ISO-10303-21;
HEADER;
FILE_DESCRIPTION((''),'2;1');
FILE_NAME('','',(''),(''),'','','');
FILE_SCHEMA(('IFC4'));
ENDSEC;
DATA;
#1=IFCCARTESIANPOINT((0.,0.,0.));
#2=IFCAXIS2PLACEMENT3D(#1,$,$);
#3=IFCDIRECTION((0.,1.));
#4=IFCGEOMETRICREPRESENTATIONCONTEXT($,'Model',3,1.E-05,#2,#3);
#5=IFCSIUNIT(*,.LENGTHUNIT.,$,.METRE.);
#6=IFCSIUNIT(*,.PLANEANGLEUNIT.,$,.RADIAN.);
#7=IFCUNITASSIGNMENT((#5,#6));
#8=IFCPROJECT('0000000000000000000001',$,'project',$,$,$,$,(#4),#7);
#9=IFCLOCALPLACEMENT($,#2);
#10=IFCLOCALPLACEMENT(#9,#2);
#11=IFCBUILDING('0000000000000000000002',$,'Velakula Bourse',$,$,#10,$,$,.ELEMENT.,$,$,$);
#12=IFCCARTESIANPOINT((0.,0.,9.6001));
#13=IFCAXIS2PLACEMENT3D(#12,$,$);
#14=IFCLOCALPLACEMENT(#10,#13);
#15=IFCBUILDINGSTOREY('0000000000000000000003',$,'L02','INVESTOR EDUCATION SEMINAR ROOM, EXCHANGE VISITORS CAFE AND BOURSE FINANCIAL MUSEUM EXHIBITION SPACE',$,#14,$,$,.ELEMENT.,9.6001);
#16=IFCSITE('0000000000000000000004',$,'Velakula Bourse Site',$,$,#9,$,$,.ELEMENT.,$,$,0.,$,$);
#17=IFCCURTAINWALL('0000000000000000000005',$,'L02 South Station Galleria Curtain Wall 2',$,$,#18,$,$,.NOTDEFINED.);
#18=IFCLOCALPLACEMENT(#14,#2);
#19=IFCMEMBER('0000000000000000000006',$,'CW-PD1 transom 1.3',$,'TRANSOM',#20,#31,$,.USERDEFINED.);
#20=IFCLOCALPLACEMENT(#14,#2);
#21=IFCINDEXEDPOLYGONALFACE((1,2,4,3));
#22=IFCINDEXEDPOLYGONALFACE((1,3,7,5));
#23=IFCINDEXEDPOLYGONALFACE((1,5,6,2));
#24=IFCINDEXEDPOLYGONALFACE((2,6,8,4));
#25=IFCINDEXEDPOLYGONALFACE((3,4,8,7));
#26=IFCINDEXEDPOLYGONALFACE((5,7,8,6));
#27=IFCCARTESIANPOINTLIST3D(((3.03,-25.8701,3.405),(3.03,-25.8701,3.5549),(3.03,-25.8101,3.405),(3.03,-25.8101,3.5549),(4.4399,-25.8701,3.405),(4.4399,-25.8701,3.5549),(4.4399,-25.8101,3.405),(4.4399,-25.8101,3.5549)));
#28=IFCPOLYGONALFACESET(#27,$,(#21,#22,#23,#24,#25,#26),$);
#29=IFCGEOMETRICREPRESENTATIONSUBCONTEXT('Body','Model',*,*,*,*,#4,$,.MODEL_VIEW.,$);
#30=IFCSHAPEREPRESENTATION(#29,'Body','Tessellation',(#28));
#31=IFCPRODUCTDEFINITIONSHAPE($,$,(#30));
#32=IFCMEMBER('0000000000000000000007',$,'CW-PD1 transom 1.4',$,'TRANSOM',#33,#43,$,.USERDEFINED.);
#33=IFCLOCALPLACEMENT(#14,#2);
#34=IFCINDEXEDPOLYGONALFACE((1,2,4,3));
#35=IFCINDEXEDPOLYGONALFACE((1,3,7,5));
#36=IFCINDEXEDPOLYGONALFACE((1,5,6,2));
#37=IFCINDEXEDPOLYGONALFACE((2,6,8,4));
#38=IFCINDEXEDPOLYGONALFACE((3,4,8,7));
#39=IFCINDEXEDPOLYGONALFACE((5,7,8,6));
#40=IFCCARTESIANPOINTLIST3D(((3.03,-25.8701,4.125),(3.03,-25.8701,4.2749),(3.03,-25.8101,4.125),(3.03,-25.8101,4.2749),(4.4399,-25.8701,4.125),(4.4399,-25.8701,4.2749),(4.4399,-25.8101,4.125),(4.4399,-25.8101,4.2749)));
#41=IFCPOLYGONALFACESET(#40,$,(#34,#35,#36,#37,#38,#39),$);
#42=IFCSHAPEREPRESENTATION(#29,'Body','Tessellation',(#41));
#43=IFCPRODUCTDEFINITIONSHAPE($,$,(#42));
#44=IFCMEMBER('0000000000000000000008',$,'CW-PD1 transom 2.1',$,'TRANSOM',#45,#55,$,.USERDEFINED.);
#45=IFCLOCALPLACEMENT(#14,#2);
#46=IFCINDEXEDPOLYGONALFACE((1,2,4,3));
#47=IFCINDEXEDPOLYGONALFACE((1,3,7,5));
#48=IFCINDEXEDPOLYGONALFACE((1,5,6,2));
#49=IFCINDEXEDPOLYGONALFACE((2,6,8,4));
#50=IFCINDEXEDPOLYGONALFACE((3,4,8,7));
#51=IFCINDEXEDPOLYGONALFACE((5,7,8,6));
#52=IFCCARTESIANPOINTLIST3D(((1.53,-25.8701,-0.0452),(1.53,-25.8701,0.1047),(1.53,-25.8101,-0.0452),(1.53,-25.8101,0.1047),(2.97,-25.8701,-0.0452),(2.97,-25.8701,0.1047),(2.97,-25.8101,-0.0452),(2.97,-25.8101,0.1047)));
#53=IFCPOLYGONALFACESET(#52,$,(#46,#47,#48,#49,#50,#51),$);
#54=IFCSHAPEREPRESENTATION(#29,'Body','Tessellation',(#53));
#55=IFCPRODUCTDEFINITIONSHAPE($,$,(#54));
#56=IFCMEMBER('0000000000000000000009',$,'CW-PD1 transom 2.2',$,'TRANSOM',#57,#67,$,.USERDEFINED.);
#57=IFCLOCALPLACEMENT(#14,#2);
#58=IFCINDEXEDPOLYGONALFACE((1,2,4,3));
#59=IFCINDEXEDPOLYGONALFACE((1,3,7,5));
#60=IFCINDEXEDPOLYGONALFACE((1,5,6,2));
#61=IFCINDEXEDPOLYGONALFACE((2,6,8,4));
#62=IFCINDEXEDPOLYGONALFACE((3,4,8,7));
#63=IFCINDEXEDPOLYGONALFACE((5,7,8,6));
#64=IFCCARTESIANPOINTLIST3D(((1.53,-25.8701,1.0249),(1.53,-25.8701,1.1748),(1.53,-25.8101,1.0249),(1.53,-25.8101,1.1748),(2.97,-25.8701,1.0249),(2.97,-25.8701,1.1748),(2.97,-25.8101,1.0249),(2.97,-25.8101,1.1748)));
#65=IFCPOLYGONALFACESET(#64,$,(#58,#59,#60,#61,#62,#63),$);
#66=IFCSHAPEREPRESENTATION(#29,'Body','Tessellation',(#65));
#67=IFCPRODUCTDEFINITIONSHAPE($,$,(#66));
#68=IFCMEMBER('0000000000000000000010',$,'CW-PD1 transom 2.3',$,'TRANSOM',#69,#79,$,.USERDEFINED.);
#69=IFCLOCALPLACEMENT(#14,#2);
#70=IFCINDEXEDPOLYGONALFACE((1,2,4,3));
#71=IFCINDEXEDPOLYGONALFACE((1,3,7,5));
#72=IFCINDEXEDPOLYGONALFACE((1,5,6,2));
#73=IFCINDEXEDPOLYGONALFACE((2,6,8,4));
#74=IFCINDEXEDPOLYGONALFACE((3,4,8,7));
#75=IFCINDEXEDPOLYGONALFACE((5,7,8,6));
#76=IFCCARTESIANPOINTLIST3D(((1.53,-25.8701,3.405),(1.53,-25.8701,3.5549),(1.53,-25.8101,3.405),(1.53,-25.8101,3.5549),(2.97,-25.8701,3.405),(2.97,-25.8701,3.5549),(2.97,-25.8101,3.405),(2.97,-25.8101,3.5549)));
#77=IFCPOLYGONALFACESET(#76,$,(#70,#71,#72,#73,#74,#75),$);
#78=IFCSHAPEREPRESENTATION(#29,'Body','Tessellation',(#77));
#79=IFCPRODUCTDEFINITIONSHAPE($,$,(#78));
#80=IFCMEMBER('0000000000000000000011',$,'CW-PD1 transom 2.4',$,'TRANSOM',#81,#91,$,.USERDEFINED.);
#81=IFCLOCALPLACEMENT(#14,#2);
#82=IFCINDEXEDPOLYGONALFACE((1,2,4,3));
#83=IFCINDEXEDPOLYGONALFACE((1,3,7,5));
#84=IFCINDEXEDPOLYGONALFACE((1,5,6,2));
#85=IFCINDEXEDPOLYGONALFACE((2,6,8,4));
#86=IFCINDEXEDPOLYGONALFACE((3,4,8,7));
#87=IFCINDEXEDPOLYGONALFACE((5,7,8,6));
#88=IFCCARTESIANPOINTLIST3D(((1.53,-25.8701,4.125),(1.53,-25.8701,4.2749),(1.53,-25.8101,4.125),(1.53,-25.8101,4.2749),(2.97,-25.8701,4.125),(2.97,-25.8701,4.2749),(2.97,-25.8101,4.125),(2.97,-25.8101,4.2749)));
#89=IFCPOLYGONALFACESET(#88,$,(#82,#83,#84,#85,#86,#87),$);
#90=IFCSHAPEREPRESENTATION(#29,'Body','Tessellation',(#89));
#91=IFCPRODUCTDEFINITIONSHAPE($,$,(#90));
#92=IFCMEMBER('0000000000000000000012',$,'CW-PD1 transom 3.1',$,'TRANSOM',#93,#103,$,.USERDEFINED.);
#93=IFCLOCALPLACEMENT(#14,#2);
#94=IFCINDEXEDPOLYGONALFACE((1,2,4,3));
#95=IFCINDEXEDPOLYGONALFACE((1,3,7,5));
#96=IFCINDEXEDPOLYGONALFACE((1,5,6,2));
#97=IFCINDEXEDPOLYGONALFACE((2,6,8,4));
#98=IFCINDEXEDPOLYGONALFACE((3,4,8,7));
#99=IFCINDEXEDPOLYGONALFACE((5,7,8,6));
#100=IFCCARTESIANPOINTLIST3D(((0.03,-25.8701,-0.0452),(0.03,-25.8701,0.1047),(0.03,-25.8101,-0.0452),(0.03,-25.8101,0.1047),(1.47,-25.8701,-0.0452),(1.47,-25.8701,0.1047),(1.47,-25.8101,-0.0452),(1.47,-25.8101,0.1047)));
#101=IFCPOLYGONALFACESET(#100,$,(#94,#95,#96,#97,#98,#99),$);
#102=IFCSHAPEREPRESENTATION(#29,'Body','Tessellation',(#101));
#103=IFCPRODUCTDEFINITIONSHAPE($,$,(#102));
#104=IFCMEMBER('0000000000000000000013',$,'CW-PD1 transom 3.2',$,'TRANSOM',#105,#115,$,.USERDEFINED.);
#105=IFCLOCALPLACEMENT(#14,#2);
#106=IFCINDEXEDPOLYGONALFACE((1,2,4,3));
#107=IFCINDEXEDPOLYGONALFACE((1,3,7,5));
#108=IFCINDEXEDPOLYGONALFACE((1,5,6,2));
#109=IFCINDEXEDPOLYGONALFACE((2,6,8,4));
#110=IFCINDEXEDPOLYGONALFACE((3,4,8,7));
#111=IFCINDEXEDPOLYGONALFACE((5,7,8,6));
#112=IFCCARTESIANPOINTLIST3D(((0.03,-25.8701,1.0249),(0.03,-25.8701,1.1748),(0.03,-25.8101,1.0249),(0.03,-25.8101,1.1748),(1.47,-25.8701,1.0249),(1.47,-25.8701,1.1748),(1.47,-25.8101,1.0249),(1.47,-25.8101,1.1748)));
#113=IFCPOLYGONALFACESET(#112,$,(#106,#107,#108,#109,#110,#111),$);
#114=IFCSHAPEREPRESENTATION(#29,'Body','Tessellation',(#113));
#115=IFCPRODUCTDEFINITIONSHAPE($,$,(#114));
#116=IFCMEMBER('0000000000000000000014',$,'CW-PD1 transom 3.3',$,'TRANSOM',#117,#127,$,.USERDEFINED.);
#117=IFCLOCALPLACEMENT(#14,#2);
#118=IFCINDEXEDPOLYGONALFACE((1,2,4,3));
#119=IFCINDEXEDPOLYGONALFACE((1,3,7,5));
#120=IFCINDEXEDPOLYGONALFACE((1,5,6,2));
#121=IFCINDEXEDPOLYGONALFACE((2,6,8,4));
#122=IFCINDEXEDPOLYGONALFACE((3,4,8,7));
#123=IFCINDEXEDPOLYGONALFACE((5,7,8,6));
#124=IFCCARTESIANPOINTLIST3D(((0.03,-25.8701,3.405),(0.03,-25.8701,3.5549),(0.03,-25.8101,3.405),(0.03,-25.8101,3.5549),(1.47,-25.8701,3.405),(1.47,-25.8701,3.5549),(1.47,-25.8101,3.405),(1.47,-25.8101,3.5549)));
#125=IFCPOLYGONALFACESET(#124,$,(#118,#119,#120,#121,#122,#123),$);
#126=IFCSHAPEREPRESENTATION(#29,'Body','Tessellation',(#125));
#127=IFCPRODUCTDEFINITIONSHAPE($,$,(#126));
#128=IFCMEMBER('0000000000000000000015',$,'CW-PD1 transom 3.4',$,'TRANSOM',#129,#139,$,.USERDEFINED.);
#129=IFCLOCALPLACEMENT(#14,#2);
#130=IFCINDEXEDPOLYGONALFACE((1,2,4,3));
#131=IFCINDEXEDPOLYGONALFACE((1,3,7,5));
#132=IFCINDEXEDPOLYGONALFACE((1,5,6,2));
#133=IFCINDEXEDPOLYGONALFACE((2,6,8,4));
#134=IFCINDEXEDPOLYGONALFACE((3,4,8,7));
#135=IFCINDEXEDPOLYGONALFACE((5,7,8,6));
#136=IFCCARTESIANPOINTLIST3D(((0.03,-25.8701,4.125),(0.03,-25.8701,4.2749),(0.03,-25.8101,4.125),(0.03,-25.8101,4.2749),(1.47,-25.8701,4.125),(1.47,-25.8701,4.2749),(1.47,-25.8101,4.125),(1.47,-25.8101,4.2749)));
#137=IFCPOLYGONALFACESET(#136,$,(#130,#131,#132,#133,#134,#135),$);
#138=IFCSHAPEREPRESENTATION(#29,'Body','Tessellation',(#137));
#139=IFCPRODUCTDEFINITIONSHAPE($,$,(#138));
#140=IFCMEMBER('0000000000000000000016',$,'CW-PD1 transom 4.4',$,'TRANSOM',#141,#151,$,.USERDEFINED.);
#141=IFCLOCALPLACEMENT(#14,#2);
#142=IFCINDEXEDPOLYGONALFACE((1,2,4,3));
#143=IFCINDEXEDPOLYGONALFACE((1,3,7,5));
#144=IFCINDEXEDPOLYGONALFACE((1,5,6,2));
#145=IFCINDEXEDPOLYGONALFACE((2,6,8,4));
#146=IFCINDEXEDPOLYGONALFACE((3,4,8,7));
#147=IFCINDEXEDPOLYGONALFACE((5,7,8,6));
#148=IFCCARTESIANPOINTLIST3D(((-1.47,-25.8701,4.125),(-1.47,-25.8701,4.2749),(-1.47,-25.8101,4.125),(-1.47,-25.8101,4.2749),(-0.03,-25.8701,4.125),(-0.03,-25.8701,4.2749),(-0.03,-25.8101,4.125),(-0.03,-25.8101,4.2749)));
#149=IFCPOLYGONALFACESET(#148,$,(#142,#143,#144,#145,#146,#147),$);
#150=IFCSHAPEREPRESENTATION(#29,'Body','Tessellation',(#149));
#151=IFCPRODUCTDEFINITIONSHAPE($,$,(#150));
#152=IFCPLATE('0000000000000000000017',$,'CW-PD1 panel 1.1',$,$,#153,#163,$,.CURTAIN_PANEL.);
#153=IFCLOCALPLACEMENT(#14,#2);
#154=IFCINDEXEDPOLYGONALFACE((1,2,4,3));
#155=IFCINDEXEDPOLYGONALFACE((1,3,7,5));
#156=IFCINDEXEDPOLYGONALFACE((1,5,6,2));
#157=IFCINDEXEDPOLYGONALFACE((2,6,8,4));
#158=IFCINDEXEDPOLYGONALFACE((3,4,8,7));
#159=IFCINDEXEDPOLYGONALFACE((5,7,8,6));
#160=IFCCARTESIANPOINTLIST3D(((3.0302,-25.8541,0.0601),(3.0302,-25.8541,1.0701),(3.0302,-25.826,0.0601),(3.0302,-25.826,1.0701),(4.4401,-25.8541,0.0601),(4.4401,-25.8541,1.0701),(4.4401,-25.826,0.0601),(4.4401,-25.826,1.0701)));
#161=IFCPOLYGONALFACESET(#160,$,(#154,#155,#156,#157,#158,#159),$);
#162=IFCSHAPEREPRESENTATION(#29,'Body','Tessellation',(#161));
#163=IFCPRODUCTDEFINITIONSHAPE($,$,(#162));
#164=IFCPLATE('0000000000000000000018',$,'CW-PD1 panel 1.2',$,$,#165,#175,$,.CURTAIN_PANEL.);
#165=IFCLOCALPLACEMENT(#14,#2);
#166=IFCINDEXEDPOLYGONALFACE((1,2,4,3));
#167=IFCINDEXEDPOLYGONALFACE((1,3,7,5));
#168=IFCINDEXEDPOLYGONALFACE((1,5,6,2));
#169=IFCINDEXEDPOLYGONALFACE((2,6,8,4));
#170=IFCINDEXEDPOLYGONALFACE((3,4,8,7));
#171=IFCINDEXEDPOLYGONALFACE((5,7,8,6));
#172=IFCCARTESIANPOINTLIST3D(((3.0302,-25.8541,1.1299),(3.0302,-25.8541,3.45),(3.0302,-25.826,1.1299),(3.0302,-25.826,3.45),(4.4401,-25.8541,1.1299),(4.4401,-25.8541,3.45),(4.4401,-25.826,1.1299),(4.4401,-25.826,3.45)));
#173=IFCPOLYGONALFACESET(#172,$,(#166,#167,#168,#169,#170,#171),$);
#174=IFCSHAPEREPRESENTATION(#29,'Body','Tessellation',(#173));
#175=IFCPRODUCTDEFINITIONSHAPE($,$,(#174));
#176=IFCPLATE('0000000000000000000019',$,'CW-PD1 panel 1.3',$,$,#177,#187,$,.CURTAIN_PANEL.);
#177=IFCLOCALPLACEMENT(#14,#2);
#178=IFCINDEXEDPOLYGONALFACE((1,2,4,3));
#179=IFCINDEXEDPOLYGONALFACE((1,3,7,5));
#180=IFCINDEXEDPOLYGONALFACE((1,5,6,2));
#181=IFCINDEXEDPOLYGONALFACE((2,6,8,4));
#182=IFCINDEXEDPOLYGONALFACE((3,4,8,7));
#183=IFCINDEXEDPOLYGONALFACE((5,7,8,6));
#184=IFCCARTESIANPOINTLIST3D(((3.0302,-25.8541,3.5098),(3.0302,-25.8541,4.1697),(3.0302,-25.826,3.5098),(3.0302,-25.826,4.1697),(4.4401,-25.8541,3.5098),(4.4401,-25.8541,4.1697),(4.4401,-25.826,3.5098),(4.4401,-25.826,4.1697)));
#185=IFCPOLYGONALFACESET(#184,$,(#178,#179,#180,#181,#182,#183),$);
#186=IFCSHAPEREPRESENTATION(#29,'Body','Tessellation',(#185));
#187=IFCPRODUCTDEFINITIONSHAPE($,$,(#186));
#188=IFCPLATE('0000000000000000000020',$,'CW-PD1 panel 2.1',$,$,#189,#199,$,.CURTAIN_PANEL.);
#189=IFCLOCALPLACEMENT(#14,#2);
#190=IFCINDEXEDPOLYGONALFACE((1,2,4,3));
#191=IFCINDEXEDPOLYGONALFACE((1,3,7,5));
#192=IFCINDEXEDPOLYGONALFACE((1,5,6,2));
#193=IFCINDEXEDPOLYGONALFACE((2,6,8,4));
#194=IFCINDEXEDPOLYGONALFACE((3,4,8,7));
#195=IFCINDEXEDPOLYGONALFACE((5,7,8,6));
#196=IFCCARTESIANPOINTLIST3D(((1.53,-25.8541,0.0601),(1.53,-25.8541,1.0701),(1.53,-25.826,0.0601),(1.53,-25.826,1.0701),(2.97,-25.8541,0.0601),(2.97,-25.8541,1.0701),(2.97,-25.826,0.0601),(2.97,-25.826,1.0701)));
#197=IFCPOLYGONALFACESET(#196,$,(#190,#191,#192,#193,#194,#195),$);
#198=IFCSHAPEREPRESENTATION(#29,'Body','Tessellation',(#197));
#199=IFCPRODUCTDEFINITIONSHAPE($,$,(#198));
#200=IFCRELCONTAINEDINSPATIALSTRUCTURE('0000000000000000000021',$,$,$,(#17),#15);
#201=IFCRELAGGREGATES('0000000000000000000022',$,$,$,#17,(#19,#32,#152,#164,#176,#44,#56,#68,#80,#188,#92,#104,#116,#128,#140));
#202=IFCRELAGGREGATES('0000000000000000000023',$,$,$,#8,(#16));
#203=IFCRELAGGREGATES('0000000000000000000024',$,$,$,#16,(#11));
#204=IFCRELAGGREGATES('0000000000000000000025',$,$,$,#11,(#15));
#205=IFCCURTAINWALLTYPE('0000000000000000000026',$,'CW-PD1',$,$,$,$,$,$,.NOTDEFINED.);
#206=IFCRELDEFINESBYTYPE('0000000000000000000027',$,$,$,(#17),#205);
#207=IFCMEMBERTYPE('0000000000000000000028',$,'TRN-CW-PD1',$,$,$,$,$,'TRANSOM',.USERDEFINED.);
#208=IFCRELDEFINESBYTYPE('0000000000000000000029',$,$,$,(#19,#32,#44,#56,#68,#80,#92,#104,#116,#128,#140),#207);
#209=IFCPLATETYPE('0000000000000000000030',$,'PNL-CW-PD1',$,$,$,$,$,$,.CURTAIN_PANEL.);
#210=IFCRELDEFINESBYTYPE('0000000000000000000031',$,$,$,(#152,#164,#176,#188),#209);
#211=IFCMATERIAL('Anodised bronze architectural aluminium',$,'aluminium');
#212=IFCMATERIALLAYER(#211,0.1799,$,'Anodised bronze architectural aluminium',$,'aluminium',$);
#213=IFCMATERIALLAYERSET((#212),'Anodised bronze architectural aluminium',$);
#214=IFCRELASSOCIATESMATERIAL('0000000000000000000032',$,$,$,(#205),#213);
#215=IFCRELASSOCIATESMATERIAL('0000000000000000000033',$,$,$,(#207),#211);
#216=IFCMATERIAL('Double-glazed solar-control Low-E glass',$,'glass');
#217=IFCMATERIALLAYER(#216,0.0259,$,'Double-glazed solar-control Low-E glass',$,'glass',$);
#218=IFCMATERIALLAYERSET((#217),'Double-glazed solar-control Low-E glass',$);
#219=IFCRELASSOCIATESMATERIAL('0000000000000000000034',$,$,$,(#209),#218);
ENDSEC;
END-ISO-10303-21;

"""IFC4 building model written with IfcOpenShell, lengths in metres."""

from ifc_helpers import new_model, si_unit, direction, frame, origin, origin_2d, place, context, subcontext, project, spatial, rectangle, extrude, material, layer, layer_set, material_profile, profile_set, type_object, element, aggregate, save


model = new_model("IFC4")

# Units and contexts
model_context = context("Model", 3, precision=1e-05, world=origin(), true_north=direction((0.0, 1.0)))
body_context = subcontext(model_context, "Body", "Model", "MODEL_VIEW")
ifc_project = project(units=[si_unit("LENGTHUNIT", "METRE"), si_unit("PLANEANGLEUNIT", "RADIAN")], contexts=[model_context])

# Site, building, storey
site_placement = place(None, origin())
site = spatial("IfcSite", under=ifc_project, at=site_placement, Name="Velakula Bourse Site", CompositionType="ELEMENT", RefElevation=0.0)
building_placement = place(site_placement, origin())
building = spatial("IfcBuilding", under=site, at=building_placement, Name="Velakula Bourse", CompositionType="ELEMENT")
storey_placement = place(building_placement, frame((0.0, 0.0, 9.6001)))
storey = spatial("IfcBuildingStorey", under=building, at=storey_placement, Name="L02", Description="INVESTOR EDUCATION SEMINAR ROOM, EXCHANGE VISITORS CAFE AND BOURSE FINANCIAL MUSEUM EXHIBITION SPACE", CompositionType="ELEMENT", Elevation=9.6001)

# Curtain wall, members, plates
ifc_material_1 = material(Name="Anodised bronze architectural aluminium", Category="aluminium")
ifc_layer_1 = layer(ifc_material_1, 0.1799, Name="Anodised bronze architectural aluminium", Category="aluminium")
ifc_layer_set_1 = layer_set([ifc_layer_1], Name="Anodised bronze architectural aluminium")
curtain_wall_type = type_object("IfcCurtainWallType", Name="CW-PD1", PredefinedType="NOTDEFINED", material=ifc_layer_set_1)
curtain_wall_placement = place(storey_placement, origin())
curtain_wall = element("IfcCurtainWall", 1, at=curtain_wall_placement, inside=storey, type_object=curtain_wall_type, Name="L02 South Station Galleria Curtain Wall 2", PredefinedType="NOTDEFINED")
ifc_material_profile_1 = material_profile(ifc_material_1, rectangle(XDim=0.0601, YDim=0.1499, at=origin_2d()), Name="Anodised bronze architectural aluminium")
ifc_profile_set_1 = profile_set([ifc_material_profile_1], Name="Anodised bronze architectural aluminium")
member_type_1 = type_object("IfcMemberType", Name="TRN-CW-PD1", ElementType="TRANSOM", PredefinedType="USERDEFINED", material=ifc_profile_set_1)
member_1_placement = place(storey_placement, frame((4.4399, -25.8401, 3.48), z_axis=(-1.0, 0.0, 0.0), x_axis=(0.0, -1.0, 0.0)))
member_1 = element("IfcMember", 2, at=member_1_placement, type_object=member_type_1, Name="CW-PD1 transom 1.3", ObjectType="TRANSOM", PredefinedType="USERDEFINED", context=body_context, shape_type="SweptSolid", body=[
    extrude(rectangle(XDim=0.0601, YDim=0.1499, at=origin_2d()), origin(), (0.0, 0.0, 1.0), 1.4099),
])
member_2_placement = place(storey_placement, frame((4.4399, -25.8401, 4.2), z_axis=(-1.0, 0.0, 0.0), x_axis=(0.0, -1.0, 0.0)))
member_2 = element("IfcMember", 3, at=member_2_placement, type_object=member_type_1, Name="CW-PD1 transom 1.4", ObjectType="TRANSOM", PredefinedType="USERDEFINED", context=body_context, shape_type="SweptSolid", body=[
    extrude(rectangle(XDim=0.0601, YDim=0.1499, at=origin_2d()), origin(), (0.0, 0.0, 1.0), 1.4099),
])
member_3_placement = place(storey_placement, frame((2.97, -25.8401, 0.0298), z_axis=(-1.0, 0.0, 0.0), x_axis=(0.0, -1.0, 0.0)))
member_3 = element("IfcMember", 4, at=member_3_placement, type_object=member_type_1, Name="CW-PD1 transom 2.1", ObjectType="TRANSOM", PredefinedType="USERDEFINED", context=body_context, shape_type="SweptSolid", body=[
    extrude(rectangle(XDim=0.0601, YDim=0.1499, at=origin_2d()), origin(), (0.0, 0.0, 1.0), 1.4399),
])
member_4_placement = place(storey_placement, frame((2.97, -25.8401, 1.0999), z_axis=(-1.0, 0.0, 0.0), x_axis=(0.0, -1.0, 0.0)))
member_4 = element("IfcMember", 5, at=member_4_placement, type_object=member_type_1, Name="CW-PD1 transom 2.2", ObjectType="TRANSOM", PredefinedType="USERDEFINED", context=body_context, shape_type="SweptSolid", body=[
    extrude(rectangle(XDim=0.0601, YDim=0.1499, at=origin_2d()), origin(), (0.0, 0.0, 1.0), 1.4399),
])
member_5_placement = place(storey_placement, frame((2.97, -25.8401, 3.48), z_axis=(-1.0, 0.0, 0.0), x_axis=(0.0, -1.0, 0.0)))
member_5 = element("IfcMember", 6, at=member_5_placement, type_object=member_type_1, Name="CW-PD1 transom 2.3", ObjectType="TRANSOM", PredefinedType="USERDEFINED", context=body_context, shape_type="SweptSolid", body=[
    extrude(rectangle(XDim=0.0601, YDim=0.1499, at=origin_2d()), origin(), (0.0, 0.0, 1.0), 1.4399),
])
member_6_placement = place(storey_placement, frame((2.97, -25.8401, 4.2), z_axis=(-1.0, 0.0, 0.0), x_axis=(0.0, -1.0, 0.0)))
member_6 = element("IfcMember", 7, at=member_6_placement, type_object=member_type_1, Name="CW-PD1 transom 2.4", ObjectType="TRANSOM", PredefinedType="USERDEFINED", context=body_context, shape_type="SweptSolid", body=[
    extrude(rectangle(XDim=0.0601, YDim=0.1499, at=origin_2d()), origin(), (0.0, 0.0, 1.0), 1.4399),
])
member_7_placement = place(storey_placement, frame((1.47, -25.8401, 0.0298), z_axis=(-1.0, 0.0, 0.0), x_axis=(0.0, -1.0, 0.0)))
member_7 = element("IfcMember", 8, at=member_7_placement, type_object=member_type_1, Name="CW-PD1 transom 3.1", ObjectType="TRANSOM", PredefinedType="USERDEFINED", context=body_context, shape_type="SweptSolid", body=[
    extrude(rectangle(XDim=0.0601, YDim=0.1499, at=origin_2d()), origin(), (0.0, 0.0, 1.0), 1.4399),
])
member_8_placement = place(storey_placement, frame((1.47, -25.8401, 1.0999), z_axis=(-1.0, 0.0, 0.0), x_axis=(0.0, -1.0, 0.0)))
member_8 = element("IfcMember", 9, at=member_8_placement, type_object=member_type_1, Name="CW-PD1 transom 3.2", ObjectType="TRANSOM", PredefinedType="USERDEFINED", context=body_context, shape_type="SweptSolid", body=[
    extrude(rectangle(XDim=0.0601, YDim=0.1499, at=origin_2d()), origin(), (0.0, 0.0, 1.0), 1.4399),
])
member_9_placement = place(storey_placement, frame((1.47, -25.8401, 3.48), z_axis=(-1.0, 0.0, 0.0), x_axis=(0.0, -1.0, 0.0)))
member_9 = element("IfcMember", 10, at=member_9_placement, type_object=member_type_1, Name="CW-PD1 transom 3.3", ObjectType="TRANSOM", PredefinedType="USERDEFINED", context=body_context, shape_type="SweptSolid", body=[
    extrude(rectangle(XDim=0.0601, YDim=0.1499, at=origin_2d()), origin(), (0.0, 0.0, 1.0), 1.4399),
])
member_10_placement = place(storey_placement, frame((1.47, -25.8401, 4.2), z_axis=(-1.0, 0.0, 0.0), x_axis=(0.0, -1.0, 0.0)))
member_10 = element("IfcMember", 11, at=member_10_placement, type_object=member_type_1, Name="CW-PD1 transom 3.4", ObjectType="TRANSOM", PredefinedType="USERDEFINED", context=body_context, shape_type="SweptSolid", body=[
    extrude(rectangle(XDim=0.0601, YDim=0.1499, at=origin_2d()), origin(), (0.0, 0.0, 1.0), 1.4399),
])
member_11_placement = place(storey_placement, frame((-0.03, -25.8401, 4.2), z_axis=(-1.0, 0.0, 0.0), x_axis=(0.0, -1.0, 0.0)))
member_11 = element("IfcMember", 12, at=member_11_placement, type_object=member_type_1, Name="CW-PD1 transom 4.4", ObjectType="TRANSOM", PredefinedType="USERDEFINED", context=body_context, shape_type="SweptSolid", body=[
    extrude(rectangle(XDim=0.0601, YDim=0.1499, at=origin_2d()), origin(), (0.0, 0.0, 1.0), 1.4399),
])
ifc_material_2 = material(Name="Double-glazed solar-control Low-E glass", Category="glass")
ifc_layer_2 = layer(ifc_material_2, 0.0259, Name="Double-glazed solar-control Low-E glass", Category="glass")
ifc_layer_set_2 = layer_set([ifc_layer_2], Name="Double-glazed solar-control Low-E glass")
plate_type = type_object("IfcPlateType", Name="PNL-CW-PD1", PredefinedType="CURTAIN_PANEL", material=ifc_layer_set_2)
plate_1_placement = place(storey_placement, frame((3.7351, -25.8401, 0.0601), z_axis=(0.0, 0.0, 1.0), x_axis=(-1.0, 0.0, 0.0)))
plate_1 = element("IfcPlate", 13, at=plate_1_placement, type_object=plate_type, Name="CW-PD1 panel 1.1", PredefinedType="CURTAIN_PANEL", context=body_context, shape_type="SweptSolid", body=[
    extrude(rectangle(XDim=1.4099, YDim=0.0281, at=origin_2d()), origin(), (0.0, 0.0, 1.0), 1.01),
])
plate_2_placement = place(storey_placement, frame((3.7351, -25.8401, 1.1299), z_axis=(0.0, 0.0, 1.0), x_axis=(-1.0, 0.0, 0.0)))
plate_2 = element("IfcPlate", 14, at=plate_2_placement, type_object=plate_type, Name="CW-PD1 panel 1.2", PredefinedType="CURTAIN_PANEL", context=body_context, shape_type="SweptSolid", body=[
    extrude(rectangle(XDim=1.4099, YDim=0.0281, at=origin_2d()), origin(), (0.0, 0.0, 1.0), 2.3201),
])
plate_3_placement = place(storey_placement, frame((3.7351, -25.8401, 3.5098), z_axis=(0.0, 0.0, 1.0), x_axis=(-1.0, 0.0, 0.0)))
plate_3 = element("IfcPlate", 15, at=plate_3_placement, type_object=plate_type, Name="CW-PD1 panel 1.3", PredefinedType="CURTAIN_PANEL", context=body_context, shape_type="SweptSolid", body=[
    extrude(rectangle(XDim=1.4099, YDim=0.0281, at=origin_2d()), origin(), (0.0, 0.0, 1.0), 0.6599),
])
plate_4_placement = place(storey_placement, frame((2.25, -25.8401, 0.0601), z_axis=(0.0, 0.0, 1.0), x_axis=(-1.0, 0.0, 0.0)))
plate_4 = element("IfcPlate", 16, at=plate_4_placement, type_object=plate_type, Name="CW-PD1 panel 2.1", PredefinedType="CURTAIN_PANEL", context=body_context, shape_type="SweptSolid", body=[
    extrude(rectangle(XDim=1.4399, YDim=0.0281, at=origin_2d()), origin(), (0.0, 0.0, 1.0), 1.01),
])
aggregate(curtain_wall, [member_1, member_2, plate_1, plate_2, plate_3, member_3, member_4, member_5, member_6, plate_4, member_7, member_8, member_9, member_10, member_11])

save(model, "model.ifc")
